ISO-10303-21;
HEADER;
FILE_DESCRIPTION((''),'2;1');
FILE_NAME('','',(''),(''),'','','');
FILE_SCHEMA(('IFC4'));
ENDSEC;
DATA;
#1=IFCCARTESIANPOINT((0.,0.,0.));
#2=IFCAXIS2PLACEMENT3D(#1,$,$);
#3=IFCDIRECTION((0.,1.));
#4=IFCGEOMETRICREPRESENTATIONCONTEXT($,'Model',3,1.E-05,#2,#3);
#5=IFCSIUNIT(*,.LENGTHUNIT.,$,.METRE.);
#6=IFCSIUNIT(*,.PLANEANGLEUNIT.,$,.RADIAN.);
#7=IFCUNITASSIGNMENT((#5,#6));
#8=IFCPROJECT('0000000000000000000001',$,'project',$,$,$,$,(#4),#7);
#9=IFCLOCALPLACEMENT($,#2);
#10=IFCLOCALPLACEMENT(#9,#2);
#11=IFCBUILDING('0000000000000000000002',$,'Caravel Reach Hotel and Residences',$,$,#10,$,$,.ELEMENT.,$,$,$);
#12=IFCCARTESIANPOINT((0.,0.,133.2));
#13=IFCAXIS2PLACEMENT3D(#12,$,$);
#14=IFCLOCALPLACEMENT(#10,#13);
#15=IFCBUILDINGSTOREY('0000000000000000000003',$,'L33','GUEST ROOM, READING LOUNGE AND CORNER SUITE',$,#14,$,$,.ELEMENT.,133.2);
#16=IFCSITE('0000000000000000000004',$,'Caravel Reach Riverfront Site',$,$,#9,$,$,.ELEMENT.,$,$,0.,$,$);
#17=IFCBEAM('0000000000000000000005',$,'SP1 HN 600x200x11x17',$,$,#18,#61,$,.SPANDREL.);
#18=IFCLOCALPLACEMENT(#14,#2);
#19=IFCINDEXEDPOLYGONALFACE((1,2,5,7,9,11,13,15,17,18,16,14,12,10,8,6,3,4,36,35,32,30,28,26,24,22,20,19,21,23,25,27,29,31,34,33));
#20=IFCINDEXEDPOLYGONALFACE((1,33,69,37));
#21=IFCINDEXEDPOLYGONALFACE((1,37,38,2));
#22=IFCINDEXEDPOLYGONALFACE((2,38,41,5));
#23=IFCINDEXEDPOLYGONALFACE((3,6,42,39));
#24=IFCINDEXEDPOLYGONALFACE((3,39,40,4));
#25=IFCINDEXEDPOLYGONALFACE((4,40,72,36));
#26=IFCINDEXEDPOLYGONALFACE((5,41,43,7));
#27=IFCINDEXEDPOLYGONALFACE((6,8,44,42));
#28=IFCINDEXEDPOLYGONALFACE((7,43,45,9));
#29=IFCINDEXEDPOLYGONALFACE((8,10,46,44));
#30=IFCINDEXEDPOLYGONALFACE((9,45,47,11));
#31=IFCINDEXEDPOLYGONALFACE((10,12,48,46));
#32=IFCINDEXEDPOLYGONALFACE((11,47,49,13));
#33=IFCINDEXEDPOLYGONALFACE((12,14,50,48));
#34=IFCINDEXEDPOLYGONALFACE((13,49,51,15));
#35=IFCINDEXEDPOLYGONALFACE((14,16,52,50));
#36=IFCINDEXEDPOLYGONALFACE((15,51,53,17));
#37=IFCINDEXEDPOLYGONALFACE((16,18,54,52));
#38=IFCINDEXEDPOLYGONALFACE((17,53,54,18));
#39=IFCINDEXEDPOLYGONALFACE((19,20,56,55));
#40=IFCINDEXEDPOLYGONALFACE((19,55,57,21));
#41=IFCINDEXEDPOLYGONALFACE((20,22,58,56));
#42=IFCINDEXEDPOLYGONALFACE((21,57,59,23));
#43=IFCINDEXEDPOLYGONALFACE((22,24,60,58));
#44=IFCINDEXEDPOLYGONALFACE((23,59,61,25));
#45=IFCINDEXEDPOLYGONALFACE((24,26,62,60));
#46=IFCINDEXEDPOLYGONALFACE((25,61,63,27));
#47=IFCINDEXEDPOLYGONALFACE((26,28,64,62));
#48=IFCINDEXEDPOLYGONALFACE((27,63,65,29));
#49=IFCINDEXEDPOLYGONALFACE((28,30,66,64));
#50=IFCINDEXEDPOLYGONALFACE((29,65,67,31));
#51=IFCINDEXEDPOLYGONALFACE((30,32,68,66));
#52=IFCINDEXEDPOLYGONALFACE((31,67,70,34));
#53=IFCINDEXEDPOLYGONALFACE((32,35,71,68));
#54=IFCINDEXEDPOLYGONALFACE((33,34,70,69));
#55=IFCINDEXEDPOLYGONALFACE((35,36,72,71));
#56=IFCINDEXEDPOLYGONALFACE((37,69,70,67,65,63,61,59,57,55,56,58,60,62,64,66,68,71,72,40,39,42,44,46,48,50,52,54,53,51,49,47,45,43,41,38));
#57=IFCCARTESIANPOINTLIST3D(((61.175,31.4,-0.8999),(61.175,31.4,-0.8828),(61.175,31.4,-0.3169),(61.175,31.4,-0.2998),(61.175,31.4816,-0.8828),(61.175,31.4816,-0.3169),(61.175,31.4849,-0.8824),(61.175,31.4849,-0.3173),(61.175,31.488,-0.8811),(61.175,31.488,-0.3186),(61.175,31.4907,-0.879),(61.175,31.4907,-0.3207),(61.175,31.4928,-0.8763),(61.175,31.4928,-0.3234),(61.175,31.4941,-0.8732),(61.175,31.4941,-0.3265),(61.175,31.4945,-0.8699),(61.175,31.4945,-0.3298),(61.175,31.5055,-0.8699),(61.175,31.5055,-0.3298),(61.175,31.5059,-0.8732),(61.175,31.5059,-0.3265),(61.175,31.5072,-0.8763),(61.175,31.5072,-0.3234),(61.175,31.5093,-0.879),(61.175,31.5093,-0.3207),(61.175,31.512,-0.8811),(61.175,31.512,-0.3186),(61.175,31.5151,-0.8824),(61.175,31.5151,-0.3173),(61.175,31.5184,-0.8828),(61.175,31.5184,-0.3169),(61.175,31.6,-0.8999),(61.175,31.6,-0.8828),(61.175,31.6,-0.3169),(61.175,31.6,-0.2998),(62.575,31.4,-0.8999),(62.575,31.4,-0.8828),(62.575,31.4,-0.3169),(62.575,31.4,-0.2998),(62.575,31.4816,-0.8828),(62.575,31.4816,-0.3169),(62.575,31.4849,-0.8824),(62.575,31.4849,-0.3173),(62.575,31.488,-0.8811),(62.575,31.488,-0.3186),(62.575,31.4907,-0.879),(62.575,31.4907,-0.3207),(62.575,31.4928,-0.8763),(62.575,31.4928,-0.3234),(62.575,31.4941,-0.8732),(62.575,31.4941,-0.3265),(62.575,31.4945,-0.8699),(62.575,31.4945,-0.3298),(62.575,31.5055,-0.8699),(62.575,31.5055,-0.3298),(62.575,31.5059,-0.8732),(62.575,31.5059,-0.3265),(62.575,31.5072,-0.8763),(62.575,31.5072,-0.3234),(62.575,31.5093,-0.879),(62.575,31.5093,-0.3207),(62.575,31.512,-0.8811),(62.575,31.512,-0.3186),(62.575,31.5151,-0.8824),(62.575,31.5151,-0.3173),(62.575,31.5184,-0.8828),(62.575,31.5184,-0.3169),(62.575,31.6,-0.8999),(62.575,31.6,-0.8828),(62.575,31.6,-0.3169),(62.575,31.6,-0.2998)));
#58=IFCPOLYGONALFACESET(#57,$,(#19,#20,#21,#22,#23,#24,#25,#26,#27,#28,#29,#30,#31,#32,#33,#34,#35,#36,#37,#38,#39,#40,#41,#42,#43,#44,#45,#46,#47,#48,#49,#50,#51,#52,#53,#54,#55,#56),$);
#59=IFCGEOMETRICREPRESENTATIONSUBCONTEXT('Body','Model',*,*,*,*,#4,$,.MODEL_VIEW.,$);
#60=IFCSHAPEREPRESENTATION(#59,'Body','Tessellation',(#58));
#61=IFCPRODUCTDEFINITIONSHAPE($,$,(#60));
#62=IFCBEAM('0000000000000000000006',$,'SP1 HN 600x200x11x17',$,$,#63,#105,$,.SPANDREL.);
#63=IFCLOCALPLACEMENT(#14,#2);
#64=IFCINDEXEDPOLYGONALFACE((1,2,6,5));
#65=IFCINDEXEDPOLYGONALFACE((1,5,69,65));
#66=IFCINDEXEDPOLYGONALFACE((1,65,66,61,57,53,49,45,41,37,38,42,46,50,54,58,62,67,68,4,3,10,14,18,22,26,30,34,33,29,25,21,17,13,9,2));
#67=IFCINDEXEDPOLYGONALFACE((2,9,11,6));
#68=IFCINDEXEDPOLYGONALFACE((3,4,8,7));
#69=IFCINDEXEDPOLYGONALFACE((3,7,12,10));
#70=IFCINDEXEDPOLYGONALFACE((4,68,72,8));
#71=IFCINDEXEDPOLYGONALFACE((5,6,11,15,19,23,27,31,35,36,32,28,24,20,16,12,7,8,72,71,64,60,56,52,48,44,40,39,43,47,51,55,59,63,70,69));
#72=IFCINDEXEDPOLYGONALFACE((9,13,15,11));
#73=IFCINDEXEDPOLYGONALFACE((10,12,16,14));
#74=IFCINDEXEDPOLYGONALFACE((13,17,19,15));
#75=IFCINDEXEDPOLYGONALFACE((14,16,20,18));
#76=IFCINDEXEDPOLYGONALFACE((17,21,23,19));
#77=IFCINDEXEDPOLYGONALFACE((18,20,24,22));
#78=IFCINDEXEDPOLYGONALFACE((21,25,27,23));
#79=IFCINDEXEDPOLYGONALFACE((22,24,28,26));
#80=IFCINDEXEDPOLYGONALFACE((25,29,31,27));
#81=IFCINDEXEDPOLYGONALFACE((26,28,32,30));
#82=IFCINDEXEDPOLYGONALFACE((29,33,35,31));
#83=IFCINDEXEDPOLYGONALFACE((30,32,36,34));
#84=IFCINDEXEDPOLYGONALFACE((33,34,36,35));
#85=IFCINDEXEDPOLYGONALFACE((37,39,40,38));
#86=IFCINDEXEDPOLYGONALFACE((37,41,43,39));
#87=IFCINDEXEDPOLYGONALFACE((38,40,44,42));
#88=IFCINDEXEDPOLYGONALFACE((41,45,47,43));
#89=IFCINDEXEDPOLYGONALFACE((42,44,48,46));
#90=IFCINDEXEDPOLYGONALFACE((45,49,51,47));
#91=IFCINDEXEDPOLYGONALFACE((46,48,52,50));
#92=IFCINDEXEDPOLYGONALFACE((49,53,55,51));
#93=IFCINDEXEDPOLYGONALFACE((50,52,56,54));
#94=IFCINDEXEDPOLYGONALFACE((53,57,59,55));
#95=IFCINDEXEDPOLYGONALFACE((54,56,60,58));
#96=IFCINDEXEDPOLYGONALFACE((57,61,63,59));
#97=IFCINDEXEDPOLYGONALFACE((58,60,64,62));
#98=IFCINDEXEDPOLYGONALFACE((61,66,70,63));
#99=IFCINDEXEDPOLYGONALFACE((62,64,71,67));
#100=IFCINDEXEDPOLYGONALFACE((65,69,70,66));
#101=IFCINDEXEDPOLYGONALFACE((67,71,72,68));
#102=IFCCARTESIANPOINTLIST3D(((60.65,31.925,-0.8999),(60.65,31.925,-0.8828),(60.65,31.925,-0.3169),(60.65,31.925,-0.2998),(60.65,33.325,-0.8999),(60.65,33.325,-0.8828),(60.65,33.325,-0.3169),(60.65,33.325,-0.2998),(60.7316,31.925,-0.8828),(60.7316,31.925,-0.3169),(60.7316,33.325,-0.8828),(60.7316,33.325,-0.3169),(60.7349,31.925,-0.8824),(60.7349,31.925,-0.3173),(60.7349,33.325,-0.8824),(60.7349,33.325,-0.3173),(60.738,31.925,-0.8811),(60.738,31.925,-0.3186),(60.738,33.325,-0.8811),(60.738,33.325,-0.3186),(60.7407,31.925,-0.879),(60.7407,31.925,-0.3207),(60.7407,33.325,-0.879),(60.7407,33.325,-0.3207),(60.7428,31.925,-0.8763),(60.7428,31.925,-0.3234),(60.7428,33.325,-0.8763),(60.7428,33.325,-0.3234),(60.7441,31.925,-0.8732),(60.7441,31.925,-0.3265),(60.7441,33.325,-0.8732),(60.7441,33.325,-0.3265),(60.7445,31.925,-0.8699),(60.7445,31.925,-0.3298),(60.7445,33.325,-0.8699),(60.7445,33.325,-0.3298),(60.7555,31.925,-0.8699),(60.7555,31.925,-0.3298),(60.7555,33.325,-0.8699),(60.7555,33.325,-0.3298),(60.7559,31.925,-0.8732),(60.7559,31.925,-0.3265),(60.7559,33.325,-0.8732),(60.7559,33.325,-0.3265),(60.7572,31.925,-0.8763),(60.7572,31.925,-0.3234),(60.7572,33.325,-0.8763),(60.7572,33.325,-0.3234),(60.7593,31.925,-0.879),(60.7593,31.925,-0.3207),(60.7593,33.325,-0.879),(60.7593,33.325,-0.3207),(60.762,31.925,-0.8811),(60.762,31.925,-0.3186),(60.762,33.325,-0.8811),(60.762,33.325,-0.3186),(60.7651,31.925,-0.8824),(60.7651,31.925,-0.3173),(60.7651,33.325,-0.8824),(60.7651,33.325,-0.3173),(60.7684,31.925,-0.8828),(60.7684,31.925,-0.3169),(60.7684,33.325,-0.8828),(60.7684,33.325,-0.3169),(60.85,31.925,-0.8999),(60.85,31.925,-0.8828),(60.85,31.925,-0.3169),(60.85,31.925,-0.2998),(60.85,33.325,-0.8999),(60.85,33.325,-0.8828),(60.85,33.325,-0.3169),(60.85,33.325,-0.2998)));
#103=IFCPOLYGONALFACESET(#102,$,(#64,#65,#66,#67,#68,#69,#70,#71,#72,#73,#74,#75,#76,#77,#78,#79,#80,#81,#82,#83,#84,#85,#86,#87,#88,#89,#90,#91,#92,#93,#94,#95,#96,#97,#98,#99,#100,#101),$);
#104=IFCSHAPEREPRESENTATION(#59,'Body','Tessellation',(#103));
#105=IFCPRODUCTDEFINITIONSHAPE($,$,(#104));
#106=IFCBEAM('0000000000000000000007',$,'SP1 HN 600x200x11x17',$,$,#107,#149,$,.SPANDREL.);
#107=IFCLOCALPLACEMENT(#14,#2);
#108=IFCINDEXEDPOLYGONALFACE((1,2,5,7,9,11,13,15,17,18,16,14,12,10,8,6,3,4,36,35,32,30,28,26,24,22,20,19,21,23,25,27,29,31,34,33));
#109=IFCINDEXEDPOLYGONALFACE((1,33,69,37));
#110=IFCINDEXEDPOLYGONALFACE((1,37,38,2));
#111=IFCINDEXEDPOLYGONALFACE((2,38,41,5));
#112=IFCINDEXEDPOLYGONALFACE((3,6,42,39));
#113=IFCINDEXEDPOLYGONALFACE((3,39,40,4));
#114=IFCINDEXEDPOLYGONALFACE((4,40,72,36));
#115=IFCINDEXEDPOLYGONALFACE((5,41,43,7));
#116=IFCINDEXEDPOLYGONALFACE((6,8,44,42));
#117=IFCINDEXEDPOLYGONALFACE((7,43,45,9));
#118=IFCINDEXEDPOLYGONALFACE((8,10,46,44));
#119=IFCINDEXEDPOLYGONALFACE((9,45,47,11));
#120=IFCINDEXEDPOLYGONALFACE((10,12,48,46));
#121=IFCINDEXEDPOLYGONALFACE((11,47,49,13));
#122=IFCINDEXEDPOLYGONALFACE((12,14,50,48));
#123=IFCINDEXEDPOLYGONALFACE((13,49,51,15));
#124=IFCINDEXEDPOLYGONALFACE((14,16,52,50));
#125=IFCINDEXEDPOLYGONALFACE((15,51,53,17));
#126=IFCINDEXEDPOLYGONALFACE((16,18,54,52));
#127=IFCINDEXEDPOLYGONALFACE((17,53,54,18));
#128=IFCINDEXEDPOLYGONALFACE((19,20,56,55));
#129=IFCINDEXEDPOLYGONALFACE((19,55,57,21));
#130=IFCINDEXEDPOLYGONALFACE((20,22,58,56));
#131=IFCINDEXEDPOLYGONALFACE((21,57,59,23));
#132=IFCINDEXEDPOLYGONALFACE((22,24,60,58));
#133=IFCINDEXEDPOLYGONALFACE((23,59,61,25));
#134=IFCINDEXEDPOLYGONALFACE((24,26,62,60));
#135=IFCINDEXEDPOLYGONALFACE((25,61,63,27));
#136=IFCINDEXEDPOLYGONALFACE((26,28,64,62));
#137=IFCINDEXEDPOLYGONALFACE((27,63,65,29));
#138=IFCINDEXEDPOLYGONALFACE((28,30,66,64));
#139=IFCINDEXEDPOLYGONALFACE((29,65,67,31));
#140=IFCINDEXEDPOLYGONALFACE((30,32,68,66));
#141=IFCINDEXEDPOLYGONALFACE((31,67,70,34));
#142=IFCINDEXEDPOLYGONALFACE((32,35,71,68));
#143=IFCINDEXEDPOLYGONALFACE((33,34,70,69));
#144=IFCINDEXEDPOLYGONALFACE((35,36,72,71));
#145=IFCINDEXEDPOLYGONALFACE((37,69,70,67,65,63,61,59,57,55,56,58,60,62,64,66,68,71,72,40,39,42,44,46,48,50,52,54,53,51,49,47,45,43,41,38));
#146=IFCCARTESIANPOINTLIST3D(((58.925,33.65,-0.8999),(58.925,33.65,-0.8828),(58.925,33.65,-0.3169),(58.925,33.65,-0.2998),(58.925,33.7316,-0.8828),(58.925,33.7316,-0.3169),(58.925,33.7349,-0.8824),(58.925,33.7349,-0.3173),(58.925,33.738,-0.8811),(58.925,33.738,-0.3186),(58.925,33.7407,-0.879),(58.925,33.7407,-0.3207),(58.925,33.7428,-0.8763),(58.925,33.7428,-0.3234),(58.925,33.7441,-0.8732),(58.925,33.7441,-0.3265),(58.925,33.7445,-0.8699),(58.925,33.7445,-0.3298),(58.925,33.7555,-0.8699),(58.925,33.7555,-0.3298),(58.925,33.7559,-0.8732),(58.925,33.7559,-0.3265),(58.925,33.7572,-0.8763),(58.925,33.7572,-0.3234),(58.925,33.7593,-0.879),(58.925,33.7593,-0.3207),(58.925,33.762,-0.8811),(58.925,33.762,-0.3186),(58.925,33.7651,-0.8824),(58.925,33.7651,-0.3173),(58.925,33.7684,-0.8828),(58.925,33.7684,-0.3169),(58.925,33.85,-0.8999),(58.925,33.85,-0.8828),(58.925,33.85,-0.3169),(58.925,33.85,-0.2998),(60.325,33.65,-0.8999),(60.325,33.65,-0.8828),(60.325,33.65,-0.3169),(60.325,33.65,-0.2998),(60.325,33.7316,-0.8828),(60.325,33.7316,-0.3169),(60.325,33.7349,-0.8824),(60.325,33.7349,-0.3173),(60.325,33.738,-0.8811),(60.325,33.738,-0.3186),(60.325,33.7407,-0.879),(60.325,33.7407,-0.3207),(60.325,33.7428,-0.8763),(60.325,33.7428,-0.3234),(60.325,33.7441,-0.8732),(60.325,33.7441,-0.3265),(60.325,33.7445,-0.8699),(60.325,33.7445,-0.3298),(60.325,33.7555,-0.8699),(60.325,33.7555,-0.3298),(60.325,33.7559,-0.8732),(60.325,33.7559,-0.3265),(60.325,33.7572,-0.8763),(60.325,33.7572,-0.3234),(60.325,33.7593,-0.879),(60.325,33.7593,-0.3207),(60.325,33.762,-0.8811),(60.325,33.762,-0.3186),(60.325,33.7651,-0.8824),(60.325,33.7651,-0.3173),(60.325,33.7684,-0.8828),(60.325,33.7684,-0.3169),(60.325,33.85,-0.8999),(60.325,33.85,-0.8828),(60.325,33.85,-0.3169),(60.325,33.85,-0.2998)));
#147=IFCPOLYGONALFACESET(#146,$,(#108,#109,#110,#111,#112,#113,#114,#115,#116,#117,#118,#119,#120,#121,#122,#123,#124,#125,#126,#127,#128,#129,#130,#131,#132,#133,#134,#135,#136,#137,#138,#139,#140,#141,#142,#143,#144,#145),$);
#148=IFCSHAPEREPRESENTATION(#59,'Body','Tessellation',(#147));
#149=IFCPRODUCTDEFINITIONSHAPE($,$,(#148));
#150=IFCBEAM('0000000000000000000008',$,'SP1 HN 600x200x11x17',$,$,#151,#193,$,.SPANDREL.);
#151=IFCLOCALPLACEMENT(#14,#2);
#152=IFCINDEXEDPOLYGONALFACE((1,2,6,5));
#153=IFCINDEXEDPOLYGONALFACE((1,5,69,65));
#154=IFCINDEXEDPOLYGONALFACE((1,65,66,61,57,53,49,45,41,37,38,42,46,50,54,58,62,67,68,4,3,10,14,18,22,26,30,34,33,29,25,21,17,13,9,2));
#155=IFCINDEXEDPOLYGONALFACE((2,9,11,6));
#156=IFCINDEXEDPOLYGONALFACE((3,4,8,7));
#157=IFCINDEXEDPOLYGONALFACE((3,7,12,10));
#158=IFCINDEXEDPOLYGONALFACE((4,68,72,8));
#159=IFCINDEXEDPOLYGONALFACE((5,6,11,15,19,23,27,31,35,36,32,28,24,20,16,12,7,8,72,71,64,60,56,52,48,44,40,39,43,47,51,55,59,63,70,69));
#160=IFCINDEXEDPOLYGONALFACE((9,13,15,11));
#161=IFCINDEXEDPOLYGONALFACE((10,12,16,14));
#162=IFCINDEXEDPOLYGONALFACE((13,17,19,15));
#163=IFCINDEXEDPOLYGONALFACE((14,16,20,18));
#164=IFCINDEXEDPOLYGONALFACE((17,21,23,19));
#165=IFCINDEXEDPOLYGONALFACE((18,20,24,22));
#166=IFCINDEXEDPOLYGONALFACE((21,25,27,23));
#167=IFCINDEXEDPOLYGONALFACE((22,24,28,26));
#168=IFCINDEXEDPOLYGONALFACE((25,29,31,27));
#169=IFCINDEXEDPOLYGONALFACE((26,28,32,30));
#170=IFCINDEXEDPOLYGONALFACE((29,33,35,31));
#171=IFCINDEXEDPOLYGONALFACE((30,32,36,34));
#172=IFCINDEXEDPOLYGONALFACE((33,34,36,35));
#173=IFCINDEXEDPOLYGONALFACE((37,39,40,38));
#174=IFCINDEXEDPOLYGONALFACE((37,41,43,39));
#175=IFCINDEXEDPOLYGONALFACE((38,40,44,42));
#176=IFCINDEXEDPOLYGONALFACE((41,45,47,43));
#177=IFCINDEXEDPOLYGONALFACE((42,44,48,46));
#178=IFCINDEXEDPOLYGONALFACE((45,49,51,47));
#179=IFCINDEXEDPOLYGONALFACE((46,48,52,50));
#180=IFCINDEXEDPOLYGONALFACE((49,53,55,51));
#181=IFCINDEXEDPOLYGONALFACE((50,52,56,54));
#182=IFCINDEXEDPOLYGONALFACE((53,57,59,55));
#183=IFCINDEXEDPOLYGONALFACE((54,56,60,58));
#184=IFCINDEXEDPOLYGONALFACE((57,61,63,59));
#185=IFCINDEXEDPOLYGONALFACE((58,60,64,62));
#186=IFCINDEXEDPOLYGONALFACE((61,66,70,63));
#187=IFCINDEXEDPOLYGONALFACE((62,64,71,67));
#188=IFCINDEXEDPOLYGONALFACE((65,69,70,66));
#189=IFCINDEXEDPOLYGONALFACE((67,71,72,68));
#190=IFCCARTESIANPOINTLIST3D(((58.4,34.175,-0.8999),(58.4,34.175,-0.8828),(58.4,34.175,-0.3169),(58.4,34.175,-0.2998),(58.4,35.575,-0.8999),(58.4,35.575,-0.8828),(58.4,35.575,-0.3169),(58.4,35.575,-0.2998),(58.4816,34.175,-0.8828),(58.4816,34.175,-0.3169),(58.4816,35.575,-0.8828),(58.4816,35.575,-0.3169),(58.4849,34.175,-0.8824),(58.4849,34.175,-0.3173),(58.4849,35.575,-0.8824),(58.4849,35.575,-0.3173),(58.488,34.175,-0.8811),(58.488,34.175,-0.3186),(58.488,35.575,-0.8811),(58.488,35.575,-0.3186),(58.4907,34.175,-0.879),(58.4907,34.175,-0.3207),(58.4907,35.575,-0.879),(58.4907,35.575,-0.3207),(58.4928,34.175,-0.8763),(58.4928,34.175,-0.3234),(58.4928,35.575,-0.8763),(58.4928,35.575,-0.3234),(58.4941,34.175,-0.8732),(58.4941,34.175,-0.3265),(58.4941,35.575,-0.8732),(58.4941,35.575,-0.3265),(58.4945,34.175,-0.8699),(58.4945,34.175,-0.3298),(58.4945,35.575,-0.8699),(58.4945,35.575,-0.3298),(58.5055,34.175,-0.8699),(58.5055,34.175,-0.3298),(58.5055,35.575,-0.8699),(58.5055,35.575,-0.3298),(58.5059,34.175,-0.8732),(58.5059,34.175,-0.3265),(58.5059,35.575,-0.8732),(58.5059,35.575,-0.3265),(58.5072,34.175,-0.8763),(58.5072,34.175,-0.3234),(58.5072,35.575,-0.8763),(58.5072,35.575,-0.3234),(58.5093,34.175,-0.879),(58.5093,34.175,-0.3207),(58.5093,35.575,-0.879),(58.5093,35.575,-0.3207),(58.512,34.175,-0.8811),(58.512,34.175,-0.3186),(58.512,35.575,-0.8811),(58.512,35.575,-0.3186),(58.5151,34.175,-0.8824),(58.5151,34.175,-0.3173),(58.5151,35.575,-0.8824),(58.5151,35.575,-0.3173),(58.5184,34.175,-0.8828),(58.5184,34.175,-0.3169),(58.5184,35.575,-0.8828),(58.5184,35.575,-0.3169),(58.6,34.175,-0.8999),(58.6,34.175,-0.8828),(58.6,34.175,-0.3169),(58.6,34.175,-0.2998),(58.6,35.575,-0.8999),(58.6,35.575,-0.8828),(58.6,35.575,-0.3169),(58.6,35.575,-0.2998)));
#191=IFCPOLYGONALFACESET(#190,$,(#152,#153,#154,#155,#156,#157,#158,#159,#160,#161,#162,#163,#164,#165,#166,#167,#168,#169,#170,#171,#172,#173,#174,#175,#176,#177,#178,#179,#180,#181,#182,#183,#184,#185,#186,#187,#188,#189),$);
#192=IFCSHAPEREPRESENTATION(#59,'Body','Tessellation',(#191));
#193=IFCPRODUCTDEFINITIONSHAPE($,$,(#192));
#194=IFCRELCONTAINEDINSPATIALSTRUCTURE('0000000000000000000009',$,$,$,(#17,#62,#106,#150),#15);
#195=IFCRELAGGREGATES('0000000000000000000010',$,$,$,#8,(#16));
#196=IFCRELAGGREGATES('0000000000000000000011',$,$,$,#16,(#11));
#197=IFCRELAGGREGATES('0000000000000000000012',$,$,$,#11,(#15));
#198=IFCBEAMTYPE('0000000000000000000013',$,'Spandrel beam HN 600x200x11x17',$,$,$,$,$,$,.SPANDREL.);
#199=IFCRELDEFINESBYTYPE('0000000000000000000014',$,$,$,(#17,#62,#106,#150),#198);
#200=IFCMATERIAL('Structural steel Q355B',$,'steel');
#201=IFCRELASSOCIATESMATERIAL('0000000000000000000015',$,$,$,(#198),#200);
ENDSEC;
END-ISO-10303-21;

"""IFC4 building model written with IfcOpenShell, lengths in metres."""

from ifc_helpers import new_model, si_unit, direction, frame, origin, origin_2d, place, context, subcontext, project, spatial, i_section, extrude, material, material_profile, profile_set, type_object, element, save


model = new_model("IFC4")

# Units and contexts
model_context = context("Model", 3, precision=1e-05, world=origin(), true_north=direction((0.0, 1.0)))
body_context = subcontext(model_context, "Body", "Model", "MODEL_VIEW")
ifc_project = project(units=[si_unit("LENGTHUNIT", "METRE"), si_unit("PLANEANGLEUNIT", "RADIAN")], contexts=[model_context])

# Site, building, storey
site_placement = place(None, origin())
site = spatial("IfcSite", under=ifc_project, at=site_placement, Name="Caravel Reach Riverfront Site", CompositionType="ELEMENT", RefElevation=0.0)
building_placement = place(site_placement, origin())
building = spatial("IfcBuilding", under=site, at=building_placement, Name="Caravel Reach Hotel and Residences", CompositionType="ELEMENT")
storey_placement = place(building_placement, frame((0.0, 0.0, 133.2)))
storey = spatial("IfcBuildingStorey", under=building, at=storey_placement, Name="L33", Description="GUEST ROOM, READING LOUNGE AND CORNER SUITE", CompositionType="ELEMENT", Elevation=133.2)

# Beams
ifc_material_1 = material(Name="Structural steel Q355B", Category="steel")
ifc_material_profile_1 = material_profile(ifc_material_1, i_section(OverallWidth=0.2, OverallDepth=0.6001, WebThickness=0.011, FlangeThickness=0.0171, FilletRadius=0.0129, at=origin_2d()), Name="HN 600x200x11x17")
ifc_profile_set_1 = profile_set([ifc_material_profile_1], Name="Structural steel Q355B")
beam_type_1 = type_object("IfcBeamType", Name="Spandrel beam HN 600x200x11x17", PredefinedType="SPANDREL", material=ifc_profile_set_1)
for number, where, z_axis, x_axis, name in (
    (1, (62.575, 31.5, -0.5999), (-1.0, 0.0, 0.0), (0.0, -1.0, 0.0), "SP1 HN 600x200x11x17"),
    (2, (60.75, 31.925, -0.5999), (0.0, 1.0, 0.0), (-1.0, 0.0, 0.0), "SP1 HN 600x200x11x17"),
    (3, (60.325, 33.75, -0.5999), (-1.0, 0.0, 0.0), (0.0, -1.0, 0.0), "SP1 HN 600x200x11x17"),
    (4, (58.5, 34.175, -0.5999), (0.0, 1.0, 0.0), (-1.0, 0.0, 0.0), "SP1 HN 600x200x11x17"),
):
    element("IfcBeam", number, at=place(storey_placement, frame(where, z_axis=z_axis, x_axis=x_axis)), inside=storey, type_object=beam_type_1, Name=name, PredefinedType="SPANDREL", context=body_context, shape_type="SweptSolid", body=[
        extrude(i_section(OverallWidth=0.2, OverallDepth=0.6001, WebThickness=0.011, FlangeThickness=0.0171, FilletRadius=0.0129, at=origin_2d()), origin(), (0.0, 0.0, 1.0), 1.3999),
    ])

save(model, "model.ifc")
